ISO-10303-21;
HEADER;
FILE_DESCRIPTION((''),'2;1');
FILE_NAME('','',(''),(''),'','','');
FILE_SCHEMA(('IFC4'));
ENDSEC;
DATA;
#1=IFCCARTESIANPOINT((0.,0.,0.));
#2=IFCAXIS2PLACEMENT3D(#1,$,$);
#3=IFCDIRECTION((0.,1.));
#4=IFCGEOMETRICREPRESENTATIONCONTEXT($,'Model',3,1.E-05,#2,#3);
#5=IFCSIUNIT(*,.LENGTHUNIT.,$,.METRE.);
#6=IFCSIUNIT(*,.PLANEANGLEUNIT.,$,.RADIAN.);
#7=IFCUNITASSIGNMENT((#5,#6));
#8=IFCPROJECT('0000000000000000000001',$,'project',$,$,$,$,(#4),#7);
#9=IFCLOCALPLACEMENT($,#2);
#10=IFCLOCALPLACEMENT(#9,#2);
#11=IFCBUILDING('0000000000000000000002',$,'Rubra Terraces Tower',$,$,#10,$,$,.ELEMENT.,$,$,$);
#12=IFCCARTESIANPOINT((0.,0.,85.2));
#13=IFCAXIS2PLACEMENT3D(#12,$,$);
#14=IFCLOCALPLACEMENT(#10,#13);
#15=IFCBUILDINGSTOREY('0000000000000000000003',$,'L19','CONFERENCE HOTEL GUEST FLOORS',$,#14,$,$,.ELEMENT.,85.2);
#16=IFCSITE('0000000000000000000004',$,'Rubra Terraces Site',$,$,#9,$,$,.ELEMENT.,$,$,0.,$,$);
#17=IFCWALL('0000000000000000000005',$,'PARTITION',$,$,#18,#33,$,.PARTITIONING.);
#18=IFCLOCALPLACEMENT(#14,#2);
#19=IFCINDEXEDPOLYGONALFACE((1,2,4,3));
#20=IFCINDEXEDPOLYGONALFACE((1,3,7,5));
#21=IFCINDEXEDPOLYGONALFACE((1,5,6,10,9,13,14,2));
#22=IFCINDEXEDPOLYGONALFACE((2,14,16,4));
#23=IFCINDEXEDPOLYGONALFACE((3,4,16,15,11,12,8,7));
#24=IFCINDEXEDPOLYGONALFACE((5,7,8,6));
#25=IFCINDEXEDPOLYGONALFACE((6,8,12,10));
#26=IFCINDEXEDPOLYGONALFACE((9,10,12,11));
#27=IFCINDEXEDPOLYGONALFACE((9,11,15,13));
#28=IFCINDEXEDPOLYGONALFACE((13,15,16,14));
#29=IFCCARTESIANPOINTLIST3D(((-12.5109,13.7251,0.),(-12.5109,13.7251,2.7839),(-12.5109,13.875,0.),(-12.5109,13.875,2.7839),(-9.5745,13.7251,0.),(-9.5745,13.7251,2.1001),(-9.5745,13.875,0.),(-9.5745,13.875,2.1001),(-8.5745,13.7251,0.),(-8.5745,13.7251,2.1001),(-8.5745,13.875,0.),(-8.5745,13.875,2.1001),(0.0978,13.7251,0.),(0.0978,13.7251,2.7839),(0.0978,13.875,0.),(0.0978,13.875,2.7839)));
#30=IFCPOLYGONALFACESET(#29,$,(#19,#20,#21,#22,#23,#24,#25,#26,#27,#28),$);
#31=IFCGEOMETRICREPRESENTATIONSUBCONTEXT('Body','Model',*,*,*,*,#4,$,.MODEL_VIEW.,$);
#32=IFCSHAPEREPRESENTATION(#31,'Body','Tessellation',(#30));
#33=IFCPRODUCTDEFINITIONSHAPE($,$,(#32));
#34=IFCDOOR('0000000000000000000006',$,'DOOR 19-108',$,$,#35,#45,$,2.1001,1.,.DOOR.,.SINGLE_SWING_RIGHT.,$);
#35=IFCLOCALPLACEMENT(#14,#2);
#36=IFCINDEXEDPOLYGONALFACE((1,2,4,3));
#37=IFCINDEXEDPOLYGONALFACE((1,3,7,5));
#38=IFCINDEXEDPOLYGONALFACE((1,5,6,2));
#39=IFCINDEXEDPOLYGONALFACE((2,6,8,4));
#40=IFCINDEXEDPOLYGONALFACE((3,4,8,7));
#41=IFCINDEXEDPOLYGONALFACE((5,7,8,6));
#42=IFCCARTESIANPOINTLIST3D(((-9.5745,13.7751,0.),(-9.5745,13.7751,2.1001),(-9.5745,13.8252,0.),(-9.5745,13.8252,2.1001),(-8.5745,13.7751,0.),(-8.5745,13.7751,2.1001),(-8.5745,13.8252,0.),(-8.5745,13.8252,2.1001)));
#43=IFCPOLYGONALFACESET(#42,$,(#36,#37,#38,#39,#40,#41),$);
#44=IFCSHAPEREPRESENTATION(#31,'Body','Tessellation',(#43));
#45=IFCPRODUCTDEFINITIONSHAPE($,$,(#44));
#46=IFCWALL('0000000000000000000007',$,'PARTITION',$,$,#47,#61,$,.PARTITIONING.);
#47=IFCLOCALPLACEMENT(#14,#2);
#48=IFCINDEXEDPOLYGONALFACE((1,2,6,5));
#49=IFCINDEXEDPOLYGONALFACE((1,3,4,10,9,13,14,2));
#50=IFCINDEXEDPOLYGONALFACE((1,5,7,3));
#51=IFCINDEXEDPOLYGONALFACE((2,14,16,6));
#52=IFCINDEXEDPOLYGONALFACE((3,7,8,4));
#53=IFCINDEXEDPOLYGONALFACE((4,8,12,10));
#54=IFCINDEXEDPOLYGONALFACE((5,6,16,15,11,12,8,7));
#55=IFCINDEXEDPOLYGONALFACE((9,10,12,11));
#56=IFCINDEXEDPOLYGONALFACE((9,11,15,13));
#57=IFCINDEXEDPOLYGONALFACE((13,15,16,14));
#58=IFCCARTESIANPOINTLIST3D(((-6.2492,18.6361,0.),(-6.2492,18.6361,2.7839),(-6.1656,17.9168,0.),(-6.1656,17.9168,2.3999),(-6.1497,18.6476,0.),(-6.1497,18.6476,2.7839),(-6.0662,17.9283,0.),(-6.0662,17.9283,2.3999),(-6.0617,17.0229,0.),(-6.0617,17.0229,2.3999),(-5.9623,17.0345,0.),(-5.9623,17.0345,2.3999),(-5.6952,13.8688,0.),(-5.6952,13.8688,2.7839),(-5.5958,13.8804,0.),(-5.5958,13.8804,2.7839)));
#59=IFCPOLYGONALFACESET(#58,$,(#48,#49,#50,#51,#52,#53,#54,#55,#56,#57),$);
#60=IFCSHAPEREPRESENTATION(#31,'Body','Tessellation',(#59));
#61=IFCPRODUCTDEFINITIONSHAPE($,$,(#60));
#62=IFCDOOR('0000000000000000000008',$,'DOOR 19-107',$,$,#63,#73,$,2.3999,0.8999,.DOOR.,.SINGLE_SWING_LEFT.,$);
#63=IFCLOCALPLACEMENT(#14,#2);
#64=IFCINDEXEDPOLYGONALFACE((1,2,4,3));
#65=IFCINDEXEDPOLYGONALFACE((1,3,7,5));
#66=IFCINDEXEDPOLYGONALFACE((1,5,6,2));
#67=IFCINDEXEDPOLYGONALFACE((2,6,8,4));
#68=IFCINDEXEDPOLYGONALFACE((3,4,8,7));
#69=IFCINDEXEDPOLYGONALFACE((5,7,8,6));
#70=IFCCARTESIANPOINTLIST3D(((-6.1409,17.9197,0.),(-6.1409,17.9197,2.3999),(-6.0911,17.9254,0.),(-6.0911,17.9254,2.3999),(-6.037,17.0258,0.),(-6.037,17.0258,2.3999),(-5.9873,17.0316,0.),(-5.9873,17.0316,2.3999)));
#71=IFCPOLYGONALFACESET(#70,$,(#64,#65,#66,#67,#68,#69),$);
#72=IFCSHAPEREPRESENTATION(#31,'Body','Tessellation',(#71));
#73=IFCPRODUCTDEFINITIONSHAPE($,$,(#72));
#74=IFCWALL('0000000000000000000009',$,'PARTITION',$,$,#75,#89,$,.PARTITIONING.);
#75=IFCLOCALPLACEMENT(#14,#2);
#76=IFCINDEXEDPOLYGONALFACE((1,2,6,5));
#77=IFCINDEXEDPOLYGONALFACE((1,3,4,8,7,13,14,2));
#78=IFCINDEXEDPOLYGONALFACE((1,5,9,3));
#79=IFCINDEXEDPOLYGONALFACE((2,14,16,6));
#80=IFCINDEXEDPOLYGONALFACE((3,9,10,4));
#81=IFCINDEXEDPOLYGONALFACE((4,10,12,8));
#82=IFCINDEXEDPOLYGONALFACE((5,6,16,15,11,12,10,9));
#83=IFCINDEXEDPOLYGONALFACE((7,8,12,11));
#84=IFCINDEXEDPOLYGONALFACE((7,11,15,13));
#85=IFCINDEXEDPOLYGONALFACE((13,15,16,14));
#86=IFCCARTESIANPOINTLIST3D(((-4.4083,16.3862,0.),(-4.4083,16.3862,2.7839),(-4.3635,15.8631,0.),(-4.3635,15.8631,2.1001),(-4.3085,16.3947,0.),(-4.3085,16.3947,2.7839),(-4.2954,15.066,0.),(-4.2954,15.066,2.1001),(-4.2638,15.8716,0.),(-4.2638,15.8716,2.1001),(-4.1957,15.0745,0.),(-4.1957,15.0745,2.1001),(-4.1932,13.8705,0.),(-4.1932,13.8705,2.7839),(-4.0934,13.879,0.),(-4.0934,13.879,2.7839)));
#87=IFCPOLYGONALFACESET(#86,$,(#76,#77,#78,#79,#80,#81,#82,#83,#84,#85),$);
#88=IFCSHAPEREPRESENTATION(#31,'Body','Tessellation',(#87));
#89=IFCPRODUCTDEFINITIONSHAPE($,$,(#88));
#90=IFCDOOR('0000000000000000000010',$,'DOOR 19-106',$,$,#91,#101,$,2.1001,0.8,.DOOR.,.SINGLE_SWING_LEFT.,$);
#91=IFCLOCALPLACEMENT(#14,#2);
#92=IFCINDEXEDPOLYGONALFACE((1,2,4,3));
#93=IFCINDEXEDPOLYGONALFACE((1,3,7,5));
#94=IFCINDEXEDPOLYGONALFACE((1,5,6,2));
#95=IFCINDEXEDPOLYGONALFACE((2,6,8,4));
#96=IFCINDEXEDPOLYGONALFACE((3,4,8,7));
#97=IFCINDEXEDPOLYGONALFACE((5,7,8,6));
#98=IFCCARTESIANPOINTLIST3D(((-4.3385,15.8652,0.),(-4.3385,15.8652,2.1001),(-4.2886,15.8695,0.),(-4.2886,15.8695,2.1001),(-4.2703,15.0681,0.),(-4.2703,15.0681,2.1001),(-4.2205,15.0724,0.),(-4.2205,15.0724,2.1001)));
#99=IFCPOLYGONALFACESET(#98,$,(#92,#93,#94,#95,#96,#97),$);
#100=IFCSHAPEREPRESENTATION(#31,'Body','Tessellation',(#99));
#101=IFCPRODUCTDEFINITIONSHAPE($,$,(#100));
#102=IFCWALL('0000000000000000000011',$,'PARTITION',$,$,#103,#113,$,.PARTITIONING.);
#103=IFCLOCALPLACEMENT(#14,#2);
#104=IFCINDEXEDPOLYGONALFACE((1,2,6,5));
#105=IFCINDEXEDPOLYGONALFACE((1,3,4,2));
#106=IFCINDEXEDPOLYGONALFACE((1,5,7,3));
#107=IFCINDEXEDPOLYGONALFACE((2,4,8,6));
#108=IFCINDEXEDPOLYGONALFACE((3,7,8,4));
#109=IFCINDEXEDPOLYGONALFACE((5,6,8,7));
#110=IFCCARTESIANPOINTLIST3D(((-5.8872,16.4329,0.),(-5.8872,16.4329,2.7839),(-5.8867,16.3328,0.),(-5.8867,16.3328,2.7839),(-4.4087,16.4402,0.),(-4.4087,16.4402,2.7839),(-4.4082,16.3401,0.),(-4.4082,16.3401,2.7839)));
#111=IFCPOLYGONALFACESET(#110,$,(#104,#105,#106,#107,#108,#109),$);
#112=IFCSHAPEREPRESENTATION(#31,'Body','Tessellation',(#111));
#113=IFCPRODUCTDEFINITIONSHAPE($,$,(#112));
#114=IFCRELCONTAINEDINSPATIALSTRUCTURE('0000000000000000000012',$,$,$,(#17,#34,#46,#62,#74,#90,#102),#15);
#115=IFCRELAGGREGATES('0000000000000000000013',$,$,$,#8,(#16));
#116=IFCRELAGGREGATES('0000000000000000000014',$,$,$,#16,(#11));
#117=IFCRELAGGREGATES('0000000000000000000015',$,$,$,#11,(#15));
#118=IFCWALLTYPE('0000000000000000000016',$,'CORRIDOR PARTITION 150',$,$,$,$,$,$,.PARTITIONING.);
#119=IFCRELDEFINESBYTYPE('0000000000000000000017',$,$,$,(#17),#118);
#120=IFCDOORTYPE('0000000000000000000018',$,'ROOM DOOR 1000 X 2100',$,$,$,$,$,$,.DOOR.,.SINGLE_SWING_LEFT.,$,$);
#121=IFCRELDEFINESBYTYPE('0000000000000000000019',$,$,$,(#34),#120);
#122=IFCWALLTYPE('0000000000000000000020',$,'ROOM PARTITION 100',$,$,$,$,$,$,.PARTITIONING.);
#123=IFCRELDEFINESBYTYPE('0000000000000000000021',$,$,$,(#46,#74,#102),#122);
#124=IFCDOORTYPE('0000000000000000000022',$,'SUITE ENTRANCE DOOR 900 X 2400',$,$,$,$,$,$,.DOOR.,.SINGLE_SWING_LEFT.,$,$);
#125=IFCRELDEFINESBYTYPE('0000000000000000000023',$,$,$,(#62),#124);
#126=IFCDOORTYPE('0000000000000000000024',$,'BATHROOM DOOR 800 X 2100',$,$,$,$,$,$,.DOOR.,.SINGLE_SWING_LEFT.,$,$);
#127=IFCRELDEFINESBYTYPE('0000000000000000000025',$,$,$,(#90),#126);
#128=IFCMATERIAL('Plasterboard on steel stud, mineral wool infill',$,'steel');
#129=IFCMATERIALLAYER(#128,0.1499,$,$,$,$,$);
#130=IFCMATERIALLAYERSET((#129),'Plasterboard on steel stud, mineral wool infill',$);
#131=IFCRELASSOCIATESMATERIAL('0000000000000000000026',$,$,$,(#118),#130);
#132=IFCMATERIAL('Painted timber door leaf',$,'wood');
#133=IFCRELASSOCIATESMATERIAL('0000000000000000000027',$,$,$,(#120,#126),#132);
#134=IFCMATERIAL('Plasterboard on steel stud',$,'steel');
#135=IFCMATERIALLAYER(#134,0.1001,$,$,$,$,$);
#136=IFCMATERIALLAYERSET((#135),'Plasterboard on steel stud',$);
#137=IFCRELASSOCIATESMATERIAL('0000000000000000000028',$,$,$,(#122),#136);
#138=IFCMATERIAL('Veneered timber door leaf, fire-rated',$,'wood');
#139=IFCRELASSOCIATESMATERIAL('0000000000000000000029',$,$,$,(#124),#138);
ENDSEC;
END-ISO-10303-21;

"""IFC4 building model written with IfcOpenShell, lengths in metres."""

from ifc_helpers import new_model, si_unit, direction, frame, frame_2d, origin, place, context, subcontext, project, spatial, rectangle, extrude, material, layer, layer_set, type_object, element, fill, save


model = new_model("IFC4")

# Units and contexts
model_context = context("Model", 3, precision=1e-05, world=origin(), true_north=direction((0.0, 1.0)))
body_context = subcontext(model_context, "Body", "Model", "MODEL_VIEW")
ifc_project = project(units=[si_unit("LENGTHUNIT", "METRE"), si_unit("PLANEANGLEUNIT", "RADIAN")], contexts=[model_context])

# Site, building, storey
site_placement = place(None, origin())
site = spatial("IfcSite", under=ifc_project, at=site_placement, Name="Rubra Terraces Site", CompositionType="ELEMENT", RefElevation=0.0)
building_placement = place(site_placement, origin())
building = spatial("IfcBuilding", under=site, at=building_placement, Name="Rubra Terraces Tower", CompositionType="ELEMENT")
storey_placement = place(building_placement, frame((0.0, 0.0, 85.2)))
storey = spatial("IfcBuildingStorey", under=building, at=storey_placement, Name="L19", Description="CONFERENCE HOTEL GUEST FLOORS", CompositionType="ELEMENT", Elevation=85.2)

# Walls, openings, doors
ifc_material_1 = material(Name="Plasterboard on steel stud, mineral wool infill", Category="steel")
ifc_layer_1 = layer(ifc_material_1, 0.1499)
ifc_layer_set_1 = layer_set([ifc_layer_1], Name="Plasterboard on steel stud, mineral wool infill")
wall_type_1 = type_object("IfcWallType", Name="CORRIDOR PARTITION 150", PredefinedType="PARTITIONING", material=ifc_layer_set_1)
wall_1_placement = place(storey_placement, frame((0.0977, 13.8, 0.0), z_axis=(0.0, 0.0, 1.0), x_axis=(-1.0, 0.0, 0.0)))
wall_1 = element("IfcWall", 1, at=wall_1_placement, inside=storey, type_object=wall_type_1, Name="PARTITION", PredefinedType="PARTITIONING", context=body_context, shape_type="SweptSolid", body=[
    extrude(rectangle(XDim=12.6086, YDim=0.1499, at=frame_2d((6.3042, 0.0))), origin(), (0.0, 0.0, 1.0), 2.7839),
])
opening_1_placement = place(wall_1_placement, frame((8.6721, 0.0, 0.0)))
opening_1 = element("IfcOpeningElement", 2, at=opening_1_placement, cuts=wall_1, PredefinedType="OPENING", context=body_context, shape_type="SweptSolid", body=[
    extrude(rectangle(XDim=1.0, YDim=2.1001, at=frame_2d((0.5, 1.05))), frame((0.0, 0.085, 0.0), z_axis=(0.0, -1.0, 0.0), x_axis=(1.0, 0.0, 0.0)), (0.0, 0.0, 1.0), 0.1699),
])
ifc_material_2 = material(Name="Painted timber door leaf", Category="wood")
door_type_1 = type_object("IfcDoorType", Name="ROOM DOOR 1000 X 2100", OperationType="SINGLE_SWING_LEFT", PredefinedType="DOOR", material=ifc_material_2)
door_1_placement = place(opening_1_placement, origin())
door_1 = element("IfcDoor", 3, at=door_1_placement, inside=storey, type_object=door_type_1, Name="DOOR 19-108", OperationType="SINGLE_SWING_RIGHT", OverallHeight=2.1001, OverallWidth=1.0, PredefinedType="DOOR", context=body_context, shape_type="SweptSolid", body=[
    extrude(rectangle(XDim=1.0, YDim=2.1001, at=frame_2d((0.5, 1.05))), frame((0.0, 0.0249, 0.0), z_axis=(0.0, -1.0, 0.0), x_axis=(1.0, 0.0, 0.0)), (0.0, 0.0, 1.0), 0.05),
])
fill(opening_1, door_1)
ifc_material_3 = material(Name="Plasterboard on steel stud", Category="steel")
ifc_layer_2 = layer(ifc_material_3, 0.1001)
ifc_layer_set_2 = layer_set([ifc_layer_2], Name="Plasterboard on steel stud")
wall_type_2 = type_object("IfcWallType", Name="ROOM PARTITION 100", PredefinedType="PARTITIONING", material=ifc_layer_set_2)
wall_2_placement = place(storey_placement, frame((-6.1995, 18.6418, 0.0), z_axis=(0.0, 0.0, 1.0), x_axis=(0.115421, -0.993317, 0.0)))
wall_2 = element("IfcWall", 4, at=wall_2_placement, inside=storey, type_object=wall_type_2, Name="PARTITION", PredefinedType="PARTITIONING", context=body_context, shape_type="SweptSolid", body=[
    extrude(rectangle(XDim=4.7993, YDim=0.1001, at=frame_2d((2.3997, 0.0))), origin(), (0.0, 0.0, 1.0), 2.7839),
])
opening_2_placement = place(wall_2_placement, frame((0.7241, 0.0, 0.0)))
opening_2 = element("IfcOpeningElement", 5, at=opening_2_placement, cuts=wall_2, PredefinedType="OPENING", context=body_context, shape_type="SweptSolid", body=[
    extrude(rectangle(XDim=0.8999, YDim=2.3999, at=frame_2d((0.45, 1.2))), frame((0.0, 0.0601, 0.0), z_axis=(0.0, -1.0, 0.0), x_axis=(1.0, 0.0, 0.0)), (0.0, 0.0, 1.0), 0.1201),
])
ifc_material_4 = material(Name="Veneered timber door leaf, fire-rated", Category="wood")
door_type_2 = type_object("IfcDoorType", Name="SUITE ENTRANCE DOOR 900 X 2400", OperationType="SINGLE_SWING_LEFT", PredefinedType="DOOR", material=ifc_material_4)
door_2_placement = place(opening_2_placement, origin())
door_2 = element("IfcDoor", 6, at=door_2_placement, inside=storey, type_object=door_type_2, Name="DOOR 19-107", OperationType="SINGLE_SWING_LEFT", OverallHeight=2.3999, OverallWidth=0.8999, PredefinedType="DOOR", context=body_context, shape_type="SweptSolid", body=[
    extrude(rectangle(XDim=0.8999, YDim=2.3999, at=frame_2d((0.45, 1.2))), frame((0.0, 0.0249, 0.0), z_axis=(0.0, -1.0, 0.0), x_axis=(1.0, 0.0, 0.0)), (0.0, 0.0, 1.0), 0.05),
])
fill(opening_2, door_2)
wall_3_placement = place(storey_placement, frame((-4.1433, 13.8748, 0.0), z_axis=(0.0, 0.0, 1.0), x_axis=(-0.08519, 0.996365, 0.0)))
wall_3 = element("IfcWall", 7, at=wall_3_placement, inside=storey, type_object=wall_type_2, Name="PARTITION", PredefinedType="PARTITIONING", context=body_context, shape_type="SweptSolid", body=[
    extrude(rectangle(XDim=2.5249, YDim=0.1001, at=frame_2d((1.2625, 0.0))), origin(), (0.0, 0.0, 1.0), 2.7839),
])
opening_3_placement = place(wall_3_placement, frame((1.2, 0.0, 0.0)))
opening_3 = element("IfcOpeningElement", 8, at=opening_3_placement, cuts=wall_3, PredefinedType="OPENING", context=body_context, shape_type="SweptSolid", body=[
    extrude(rectangle(XDim=0.8, YDim=2.1001, at=frame_2d((0.3999, 1.05))), frame((0.0, 0.0601, 0.0), z_axis=(0.0, -1.0, 0.0), x_axis=(1.0, 0.0, 0.0)), (0.0, 0.0, 1.0), 0.1201),
])
door_type_3 = type_object("IfcDoorType", Name="BATHROOM DOOR 800 X 2100", OperationType="SINGLE_SWING_LEFT", PredefinedType="DOOR", material=ifc_material_2)
door_3_placement = place(opening_3_placement, origin())
door_3 = element("IfcDoor", 9, at=door_3_placement, inside=storey, type_object=door_type_3, Name="DOOR 19-106", OperationType="SINGLE_SWING_LEFT", OverallHeight=2.1001, OverallWidth=0.8, PredefinedType="DOOR", context=body_context, shape_type="SweptSolid", body=[
    extrude(rectangle(XDim=0.8, YDim=2.1001, at=frame_2d((0.3999, 1.05))), frame((0.0, 0.0249, 0.0), z_axis=(0.0, -1.0, 0.0), x_axis=(1.0, 0.0, 0.0)), (0.0, 0.0, 1.0), 0.05),
])
fill(opening_3, door_3)

# Wall
wall_4_placement = place(storey_placement, frame((-4.4084, 16.3901, 0.0), z_axis=(0.0, 0.0, 1.0), x_axis=(-0.999988, -0.004954, 0.0)))
element("IfcWall", 10, at=wall_4_placement, inside=storey, type_object=wall_type_2, Name="PARTITION", PredefinedType="PARTITIONING", context=body_context, shape_type="SweptSolid", body=[
    extrude(rectangle(XDim=1.4785, YDim=0.1001, at=frame_2d((0.7393, 0.0))), origin(), (0.0, 0.0, 1.0), 2.7839),
])

save(model, "model.ifc")
